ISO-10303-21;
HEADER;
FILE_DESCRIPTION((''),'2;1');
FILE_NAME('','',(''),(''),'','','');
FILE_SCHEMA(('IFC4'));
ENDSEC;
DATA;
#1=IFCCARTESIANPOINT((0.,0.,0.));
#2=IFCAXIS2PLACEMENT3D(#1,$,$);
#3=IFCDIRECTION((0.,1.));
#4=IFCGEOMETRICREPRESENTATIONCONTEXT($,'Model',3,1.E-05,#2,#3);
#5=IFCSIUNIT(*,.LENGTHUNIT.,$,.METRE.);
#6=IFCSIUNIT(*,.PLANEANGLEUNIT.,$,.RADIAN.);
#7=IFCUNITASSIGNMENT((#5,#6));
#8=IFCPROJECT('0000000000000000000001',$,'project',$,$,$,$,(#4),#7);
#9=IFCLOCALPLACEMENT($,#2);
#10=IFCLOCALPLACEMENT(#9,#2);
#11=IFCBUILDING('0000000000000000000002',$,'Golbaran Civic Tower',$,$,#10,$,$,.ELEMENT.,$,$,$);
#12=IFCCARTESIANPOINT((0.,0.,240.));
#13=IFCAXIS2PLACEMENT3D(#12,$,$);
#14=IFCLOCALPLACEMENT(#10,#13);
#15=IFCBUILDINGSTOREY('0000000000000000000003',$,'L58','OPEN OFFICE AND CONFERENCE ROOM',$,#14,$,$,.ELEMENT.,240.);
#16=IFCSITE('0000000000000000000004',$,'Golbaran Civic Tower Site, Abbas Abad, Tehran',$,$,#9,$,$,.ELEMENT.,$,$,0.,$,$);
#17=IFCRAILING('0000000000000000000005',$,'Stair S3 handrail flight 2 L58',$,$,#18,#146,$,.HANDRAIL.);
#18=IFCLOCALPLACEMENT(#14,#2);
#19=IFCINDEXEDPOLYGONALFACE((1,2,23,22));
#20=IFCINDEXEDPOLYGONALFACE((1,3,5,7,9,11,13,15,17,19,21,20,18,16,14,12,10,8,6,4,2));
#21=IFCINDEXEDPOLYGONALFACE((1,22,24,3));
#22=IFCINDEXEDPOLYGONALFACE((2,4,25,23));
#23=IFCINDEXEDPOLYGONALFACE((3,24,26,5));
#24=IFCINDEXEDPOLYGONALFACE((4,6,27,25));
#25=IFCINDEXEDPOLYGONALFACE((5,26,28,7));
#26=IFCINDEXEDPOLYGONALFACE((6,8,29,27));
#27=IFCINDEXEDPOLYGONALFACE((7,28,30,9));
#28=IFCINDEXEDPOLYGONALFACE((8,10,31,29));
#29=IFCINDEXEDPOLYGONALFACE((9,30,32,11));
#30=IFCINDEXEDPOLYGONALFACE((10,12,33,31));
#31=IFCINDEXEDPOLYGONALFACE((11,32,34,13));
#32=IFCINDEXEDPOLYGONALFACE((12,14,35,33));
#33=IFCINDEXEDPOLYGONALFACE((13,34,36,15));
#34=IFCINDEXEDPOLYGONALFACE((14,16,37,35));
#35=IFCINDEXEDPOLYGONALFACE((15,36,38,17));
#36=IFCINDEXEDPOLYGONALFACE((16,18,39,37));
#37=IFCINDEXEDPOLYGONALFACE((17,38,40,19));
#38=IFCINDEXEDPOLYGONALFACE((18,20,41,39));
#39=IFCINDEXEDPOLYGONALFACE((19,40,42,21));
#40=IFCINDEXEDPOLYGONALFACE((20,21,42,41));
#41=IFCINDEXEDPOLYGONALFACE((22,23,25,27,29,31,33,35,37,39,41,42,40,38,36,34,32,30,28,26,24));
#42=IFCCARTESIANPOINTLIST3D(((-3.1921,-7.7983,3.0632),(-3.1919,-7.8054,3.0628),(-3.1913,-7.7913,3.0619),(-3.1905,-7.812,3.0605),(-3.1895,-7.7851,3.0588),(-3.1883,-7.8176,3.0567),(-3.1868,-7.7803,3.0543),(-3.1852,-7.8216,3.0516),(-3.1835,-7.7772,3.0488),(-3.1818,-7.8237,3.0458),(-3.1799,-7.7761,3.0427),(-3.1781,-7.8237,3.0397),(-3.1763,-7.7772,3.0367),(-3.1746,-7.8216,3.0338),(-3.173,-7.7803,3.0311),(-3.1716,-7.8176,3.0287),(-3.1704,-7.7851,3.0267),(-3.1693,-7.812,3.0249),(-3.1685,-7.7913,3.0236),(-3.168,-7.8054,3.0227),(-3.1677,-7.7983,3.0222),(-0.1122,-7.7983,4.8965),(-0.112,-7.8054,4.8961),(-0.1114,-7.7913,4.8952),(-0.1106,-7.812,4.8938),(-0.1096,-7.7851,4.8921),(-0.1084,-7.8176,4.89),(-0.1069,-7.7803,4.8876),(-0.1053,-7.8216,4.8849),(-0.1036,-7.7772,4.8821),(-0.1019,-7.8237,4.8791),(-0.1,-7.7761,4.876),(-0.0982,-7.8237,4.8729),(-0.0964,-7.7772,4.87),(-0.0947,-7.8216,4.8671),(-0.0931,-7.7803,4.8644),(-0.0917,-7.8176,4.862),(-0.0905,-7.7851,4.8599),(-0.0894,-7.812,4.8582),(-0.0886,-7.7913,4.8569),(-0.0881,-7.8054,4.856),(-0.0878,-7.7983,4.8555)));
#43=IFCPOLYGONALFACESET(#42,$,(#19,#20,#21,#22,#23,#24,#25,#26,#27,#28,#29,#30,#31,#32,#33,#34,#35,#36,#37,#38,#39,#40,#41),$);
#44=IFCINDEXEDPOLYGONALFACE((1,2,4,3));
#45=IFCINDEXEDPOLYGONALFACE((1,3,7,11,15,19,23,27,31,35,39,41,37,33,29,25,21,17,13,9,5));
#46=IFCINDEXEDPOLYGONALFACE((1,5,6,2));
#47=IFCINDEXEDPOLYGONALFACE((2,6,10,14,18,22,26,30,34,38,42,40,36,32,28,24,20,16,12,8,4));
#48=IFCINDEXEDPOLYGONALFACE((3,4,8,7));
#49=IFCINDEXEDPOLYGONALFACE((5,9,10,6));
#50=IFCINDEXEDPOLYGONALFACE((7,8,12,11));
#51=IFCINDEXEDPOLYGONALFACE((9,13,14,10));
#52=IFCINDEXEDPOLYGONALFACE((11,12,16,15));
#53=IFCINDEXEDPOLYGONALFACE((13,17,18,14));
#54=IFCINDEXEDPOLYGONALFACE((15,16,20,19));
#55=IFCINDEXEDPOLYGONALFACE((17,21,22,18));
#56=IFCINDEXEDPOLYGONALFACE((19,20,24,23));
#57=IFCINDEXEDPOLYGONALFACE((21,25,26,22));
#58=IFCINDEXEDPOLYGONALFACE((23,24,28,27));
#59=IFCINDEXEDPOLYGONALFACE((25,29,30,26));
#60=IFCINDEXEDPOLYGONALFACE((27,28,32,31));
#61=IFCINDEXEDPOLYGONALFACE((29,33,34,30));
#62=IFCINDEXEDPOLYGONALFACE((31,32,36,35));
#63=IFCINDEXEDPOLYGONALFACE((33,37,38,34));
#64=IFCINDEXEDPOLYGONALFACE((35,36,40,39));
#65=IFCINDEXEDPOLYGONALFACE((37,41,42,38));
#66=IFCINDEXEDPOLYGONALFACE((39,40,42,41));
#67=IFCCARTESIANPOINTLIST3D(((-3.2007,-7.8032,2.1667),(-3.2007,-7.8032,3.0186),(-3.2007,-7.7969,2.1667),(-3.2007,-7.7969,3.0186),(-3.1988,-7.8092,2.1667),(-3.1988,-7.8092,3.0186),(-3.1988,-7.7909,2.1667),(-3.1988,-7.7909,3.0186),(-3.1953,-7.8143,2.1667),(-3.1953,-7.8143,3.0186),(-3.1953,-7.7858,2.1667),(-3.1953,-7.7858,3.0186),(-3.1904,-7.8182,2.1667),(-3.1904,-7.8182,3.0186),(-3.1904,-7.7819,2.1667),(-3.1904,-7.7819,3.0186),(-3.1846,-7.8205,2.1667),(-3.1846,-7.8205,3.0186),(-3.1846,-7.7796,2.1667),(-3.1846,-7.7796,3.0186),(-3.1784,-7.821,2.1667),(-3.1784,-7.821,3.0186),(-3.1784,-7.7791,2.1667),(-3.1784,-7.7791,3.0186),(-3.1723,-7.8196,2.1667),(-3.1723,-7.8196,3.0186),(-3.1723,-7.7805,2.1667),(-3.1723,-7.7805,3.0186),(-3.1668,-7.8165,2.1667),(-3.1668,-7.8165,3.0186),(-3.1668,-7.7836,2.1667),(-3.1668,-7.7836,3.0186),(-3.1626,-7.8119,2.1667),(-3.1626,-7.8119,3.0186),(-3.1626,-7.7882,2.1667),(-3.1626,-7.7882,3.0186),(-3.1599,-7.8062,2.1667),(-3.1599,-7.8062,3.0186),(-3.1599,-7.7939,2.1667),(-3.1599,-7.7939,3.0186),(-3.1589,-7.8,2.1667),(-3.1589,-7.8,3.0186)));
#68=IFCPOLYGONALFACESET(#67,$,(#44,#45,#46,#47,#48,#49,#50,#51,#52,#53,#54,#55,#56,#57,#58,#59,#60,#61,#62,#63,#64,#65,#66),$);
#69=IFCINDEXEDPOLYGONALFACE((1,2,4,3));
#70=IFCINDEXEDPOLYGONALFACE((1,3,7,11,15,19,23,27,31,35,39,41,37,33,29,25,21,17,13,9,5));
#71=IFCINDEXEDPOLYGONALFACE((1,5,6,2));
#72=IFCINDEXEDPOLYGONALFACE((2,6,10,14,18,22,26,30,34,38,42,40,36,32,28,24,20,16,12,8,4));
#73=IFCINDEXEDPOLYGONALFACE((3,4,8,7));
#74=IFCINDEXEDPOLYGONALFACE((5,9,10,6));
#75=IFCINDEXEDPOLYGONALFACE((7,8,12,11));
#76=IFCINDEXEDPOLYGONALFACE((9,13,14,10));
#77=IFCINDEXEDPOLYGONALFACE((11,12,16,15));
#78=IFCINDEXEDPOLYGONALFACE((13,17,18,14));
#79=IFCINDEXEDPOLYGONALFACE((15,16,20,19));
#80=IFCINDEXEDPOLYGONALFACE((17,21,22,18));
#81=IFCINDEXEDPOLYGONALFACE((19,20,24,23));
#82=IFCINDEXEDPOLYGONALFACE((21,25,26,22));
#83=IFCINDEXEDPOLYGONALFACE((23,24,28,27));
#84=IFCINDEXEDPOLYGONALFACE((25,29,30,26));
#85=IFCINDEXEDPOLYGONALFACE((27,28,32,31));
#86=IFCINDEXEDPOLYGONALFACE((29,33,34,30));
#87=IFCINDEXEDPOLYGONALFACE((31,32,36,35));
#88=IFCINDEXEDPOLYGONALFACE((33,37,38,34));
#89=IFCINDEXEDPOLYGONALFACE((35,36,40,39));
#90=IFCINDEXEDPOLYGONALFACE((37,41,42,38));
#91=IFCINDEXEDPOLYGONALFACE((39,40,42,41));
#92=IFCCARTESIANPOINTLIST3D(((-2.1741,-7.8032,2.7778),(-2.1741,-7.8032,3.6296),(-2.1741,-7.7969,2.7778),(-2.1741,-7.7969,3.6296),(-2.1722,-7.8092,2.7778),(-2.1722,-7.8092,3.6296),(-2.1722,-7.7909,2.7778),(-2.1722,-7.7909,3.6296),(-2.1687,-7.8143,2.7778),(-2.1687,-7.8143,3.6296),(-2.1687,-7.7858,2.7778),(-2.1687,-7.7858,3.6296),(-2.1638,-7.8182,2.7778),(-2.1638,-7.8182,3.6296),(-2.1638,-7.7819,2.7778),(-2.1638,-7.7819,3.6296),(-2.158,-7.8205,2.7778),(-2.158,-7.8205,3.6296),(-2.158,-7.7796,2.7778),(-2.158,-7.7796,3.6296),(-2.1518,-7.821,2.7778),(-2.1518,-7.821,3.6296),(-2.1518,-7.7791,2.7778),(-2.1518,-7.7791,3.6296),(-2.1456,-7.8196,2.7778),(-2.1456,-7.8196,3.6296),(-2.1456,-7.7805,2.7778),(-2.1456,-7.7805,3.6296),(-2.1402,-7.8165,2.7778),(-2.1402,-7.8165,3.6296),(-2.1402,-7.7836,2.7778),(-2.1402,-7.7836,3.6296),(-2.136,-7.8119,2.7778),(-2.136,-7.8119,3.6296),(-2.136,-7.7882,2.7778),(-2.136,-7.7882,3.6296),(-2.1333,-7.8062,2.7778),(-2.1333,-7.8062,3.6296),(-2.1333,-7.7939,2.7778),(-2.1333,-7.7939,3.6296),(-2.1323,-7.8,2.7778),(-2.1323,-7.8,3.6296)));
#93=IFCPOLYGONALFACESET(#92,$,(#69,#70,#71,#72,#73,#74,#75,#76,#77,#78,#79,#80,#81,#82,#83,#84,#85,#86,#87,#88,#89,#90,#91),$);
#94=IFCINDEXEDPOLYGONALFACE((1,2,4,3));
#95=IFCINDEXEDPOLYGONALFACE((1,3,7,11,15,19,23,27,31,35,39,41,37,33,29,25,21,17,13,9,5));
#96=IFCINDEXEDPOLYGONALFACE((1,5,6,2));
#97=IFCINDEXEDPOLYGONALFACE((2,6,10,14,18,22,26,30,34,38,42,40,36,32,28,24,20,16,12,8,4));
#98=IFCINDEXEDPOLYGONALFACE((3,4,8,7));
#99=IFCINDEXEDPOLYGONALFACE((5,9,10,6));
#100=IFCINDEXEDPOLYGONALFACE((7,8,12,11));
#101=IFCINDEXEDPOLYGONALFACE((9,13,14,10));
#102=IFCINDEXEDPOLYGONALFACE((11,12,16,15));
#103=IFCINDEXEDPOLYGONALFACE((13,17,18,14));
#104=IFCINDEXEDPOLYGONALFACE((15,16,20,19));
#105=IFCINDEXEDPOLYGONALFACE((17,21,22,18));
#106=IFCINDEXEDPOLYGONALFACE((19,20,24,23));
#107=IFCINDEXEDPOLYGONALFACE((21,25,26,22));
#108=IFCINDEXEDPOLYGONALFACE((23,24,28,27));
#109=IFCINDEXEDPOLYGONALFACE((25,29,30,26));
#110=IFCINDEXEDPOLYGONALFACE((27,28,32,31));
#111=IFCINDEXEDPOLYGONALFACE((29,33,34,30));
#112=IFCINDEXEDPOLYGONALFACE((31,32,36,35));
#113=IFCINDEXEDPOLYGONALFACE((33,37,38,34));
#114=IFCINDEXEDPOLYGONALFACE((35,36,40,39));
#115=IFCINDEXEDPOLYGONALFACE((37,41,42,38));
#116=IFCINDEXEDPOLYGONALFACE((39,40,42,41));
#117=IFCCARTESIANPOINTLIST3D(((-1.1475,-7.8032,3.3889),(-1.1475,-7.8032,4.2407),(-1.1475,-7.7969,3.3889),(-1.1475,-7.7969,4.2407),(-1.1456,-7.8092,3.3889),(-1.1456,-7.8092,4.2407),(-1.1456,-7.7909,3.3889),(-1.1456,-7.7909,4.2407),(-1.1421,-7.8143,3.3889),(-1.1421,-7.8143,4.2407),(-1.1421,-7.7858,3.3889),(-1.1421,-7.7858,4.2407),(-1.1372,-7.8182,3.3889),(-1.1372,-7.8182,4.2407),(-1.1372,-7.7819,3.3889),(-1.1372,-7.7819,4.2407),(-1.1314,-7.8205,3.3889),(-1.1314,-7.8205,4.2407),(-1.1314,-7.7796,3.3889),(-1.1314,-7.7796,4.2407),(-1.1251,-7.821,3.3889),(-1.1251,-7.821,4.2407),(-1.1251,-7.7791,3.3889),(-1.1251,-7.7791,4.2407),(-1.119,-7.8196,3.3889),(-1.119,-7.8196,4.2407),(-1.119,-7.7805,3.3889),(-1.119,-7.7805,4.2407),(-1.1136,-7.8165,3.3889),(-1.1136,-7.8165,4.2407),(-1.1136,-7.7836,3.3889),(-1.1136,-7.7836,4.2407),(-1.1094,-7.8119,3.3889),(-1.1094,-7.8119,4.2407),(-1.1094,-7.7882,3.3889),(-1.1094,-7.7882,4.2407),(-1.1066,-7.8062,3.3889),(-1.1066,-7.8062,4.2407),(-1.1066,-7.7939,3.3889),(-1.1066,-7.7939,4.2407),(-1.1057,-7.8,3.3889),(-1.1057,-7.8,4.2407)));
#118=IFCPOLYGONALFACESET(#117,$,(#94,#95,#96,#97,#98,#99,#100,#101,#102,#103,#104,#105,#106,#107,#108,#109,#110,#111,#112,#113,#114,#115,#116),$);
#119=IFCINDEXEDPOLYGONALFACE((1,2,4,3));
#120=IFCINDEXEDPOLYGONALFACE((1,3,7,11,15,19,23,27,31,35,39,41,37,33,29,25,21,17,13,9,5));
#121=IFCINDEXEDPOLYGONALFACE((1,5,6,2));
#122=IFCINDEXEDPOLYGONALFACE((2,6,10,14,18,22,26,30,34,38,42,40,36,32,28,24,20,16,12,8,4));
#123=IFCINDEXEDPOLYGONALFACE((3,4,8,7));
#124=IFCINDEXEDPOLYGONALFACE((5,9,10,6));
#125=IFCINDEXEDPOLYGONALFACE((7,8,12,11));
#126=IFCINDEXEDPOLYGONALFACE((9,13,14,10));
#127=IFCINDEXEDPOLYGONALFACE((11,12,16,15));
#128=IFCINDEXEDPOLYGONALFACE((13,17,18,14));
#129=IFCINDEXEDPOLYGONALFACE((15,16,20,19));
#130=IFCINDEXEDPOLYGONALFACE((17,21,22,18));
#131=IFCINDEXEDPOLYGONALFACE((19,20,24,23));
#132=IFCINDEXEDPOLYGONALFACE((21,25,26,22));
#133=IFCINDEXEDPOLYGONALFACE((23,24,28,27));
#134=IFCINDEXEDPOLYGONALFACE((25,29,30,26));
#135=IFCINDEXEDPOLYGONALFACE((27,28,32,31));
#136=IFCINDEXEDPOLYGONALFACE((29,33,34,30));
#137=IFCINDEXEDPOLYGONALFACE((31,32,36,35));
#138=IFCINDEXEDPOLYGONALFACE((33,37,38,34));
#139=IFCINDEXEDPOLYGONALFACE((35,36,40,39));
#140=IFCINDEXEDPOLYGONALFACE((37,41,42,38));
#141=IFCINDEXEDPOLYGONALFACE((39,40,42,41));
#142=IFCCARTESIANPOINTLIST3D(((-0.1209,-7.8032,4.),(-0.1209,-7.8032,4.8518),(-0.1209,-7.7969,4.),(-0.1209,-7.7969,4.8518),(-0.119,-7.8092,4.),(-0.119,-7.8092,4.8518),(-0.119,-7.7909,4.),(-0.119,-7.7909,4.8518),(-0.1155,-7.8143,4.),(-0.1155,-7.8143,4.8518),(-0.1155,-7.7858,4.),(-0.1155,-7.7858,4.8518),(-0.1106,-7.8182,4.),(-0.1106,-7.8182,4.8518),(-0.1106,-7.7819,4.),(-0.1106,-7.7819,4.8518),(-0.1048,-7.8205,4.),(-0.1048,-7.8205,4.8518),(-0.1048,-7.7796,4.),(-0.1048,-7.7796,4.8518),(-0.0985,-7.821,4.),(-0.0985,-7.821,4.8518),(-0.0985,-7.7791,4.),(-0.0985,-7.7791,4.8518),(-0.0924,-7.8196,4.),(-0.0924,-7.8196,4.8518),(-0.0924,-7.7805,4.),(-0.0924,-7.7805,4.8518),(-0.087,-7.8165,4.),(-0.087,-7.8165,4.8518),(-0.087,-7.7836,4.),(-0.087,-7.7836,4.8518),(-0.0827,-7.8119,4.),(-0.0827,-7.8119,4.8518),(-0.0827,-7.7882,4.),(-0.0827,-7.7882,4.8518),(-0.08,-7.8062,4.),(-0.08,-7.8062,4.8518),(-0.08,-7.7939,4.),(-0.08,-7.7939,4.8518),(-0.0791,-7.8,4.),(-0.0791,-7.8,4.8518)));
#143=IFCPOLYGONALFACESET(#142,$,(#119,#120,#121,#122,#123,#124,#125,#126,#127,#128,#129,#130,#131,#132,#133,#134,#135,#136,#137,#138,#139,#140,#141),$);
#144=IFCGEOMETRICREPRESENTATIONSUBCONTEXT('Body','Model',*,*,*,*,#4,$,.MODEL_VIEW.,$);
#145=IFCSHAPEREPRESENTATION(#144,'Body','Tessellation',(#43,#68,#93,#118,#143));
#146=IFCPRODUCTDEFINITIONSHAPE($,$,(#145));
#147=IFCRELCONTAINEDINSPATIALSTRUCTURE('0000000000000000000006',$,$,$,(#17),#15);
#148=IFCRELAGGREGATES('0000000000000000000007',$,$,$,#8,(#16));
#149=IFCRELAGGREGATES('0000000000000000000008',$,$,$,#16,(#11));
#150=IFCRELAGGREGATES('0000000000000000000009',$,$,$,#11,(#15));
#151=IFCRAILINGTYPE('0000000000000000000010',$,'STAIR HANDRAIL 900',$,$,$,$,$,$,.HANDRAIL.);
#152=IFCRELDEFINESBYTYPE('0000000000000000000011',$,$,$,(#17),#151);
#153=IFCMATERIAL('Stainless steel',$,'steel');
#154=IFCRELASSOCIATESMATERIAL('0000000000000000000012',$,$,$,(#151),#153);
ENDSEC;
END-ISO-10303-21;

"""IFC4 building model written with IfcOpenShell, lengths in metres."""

from ifc_helpers import new_model, si_unit, direction, frame, origin, origin_2d, place, context, subcontext, project, spatial, circle, extrude, material, type_object, element, save


model = new_model("IFC4")

# Units and contexts
model_context = context("Model", 3, precision=1e-05, world=origin(), true_north=direction((0.0, 1.0)))
body_context = subcontext(model_context, "Body", "Model", "MODEL_VIEW")
ifc_project = project(units=[si_unit("LENGTHUNIT", "METRE"), si_unit("PLANEANGLEUNIT", "RADIAN")], contexts=[model_context])

# Site, building, storey
site_placement = place(None, origin())
site = spatial("IfcSite", under=ifc_project, at=site_placement, Name="Golbaran Civic Tower Site, Abbas Abad, Tehran", CompositionType="ELEMENT", RefElevation=0.0)
building_placement = place(site_placement, origin())
building = spatial("IfcBuilding", under=site, at=building_placement, Name="Golbaran Civic Tower", CompositionType="ELEMENT")
storey_placement = place(building_placement, frame((0.0, 0.0, 240.0)))
storey = spatial("IfcBuildingStorey", under=building, at=storey_placement, Name="L58", Description="OPEN OFFICE AND CONFERENCE ROOM", CompositionType="ELEMENT", Elevation=240.0)

# Shared definitions
ifc_material_1 = material(Name="Stainless steel", Category="steel")

# Railing
railing_type = type_object("IfcRailingType", Name="STAIR HANDRAIL 900", PredefinedType="HANDRAIL", material=ifc_material_1)
railing_1_placement = place(storey_placement, frame((-3.1799, -7.8, 2.1667)))
element("IfcRailing", 1, at=railing_1_placement, inside=storey, type_object=railing_type, Name="Stair S3 handrail flight 2 L58", PredefinedType="HANDRAIL", context=body_context, shape_type="SweptSolid", body=[
    extrude(circle(Radius=0.0239, at=origin_2d()), frame((0.0, 0.0, 0.876), z_axis=(0.859291, 0.0, 0.511487), x_axis=(0.0, 1.0, 0.0)), (0.0, 0.0, 1.0), 3.5842),
    extrude(circle(Radius=0.021, at=origin_2d()), origin(), (0.0, 0.0, 1.0), 0.8518),
    extrude(circle(Radius=0.021, at=origin_2d()), frame((1.0266, 0.0, 0.6111)), (0.0, 0.0, 1.0), 0.8518),
    extrude(circle(Radius=0.021, at=origin_2d()), frame((2.0532, 0.0, 1.2222)), (0.0, 0.0, 1.0), 0.8518),
    extrude(circle(Radius=0.021, at=origin_2d()), frame((3.0798, 0.0, 1.8333)), (0.0, 0.0, 1.0), 0.8518),
])

save(model, "model.ifc")
